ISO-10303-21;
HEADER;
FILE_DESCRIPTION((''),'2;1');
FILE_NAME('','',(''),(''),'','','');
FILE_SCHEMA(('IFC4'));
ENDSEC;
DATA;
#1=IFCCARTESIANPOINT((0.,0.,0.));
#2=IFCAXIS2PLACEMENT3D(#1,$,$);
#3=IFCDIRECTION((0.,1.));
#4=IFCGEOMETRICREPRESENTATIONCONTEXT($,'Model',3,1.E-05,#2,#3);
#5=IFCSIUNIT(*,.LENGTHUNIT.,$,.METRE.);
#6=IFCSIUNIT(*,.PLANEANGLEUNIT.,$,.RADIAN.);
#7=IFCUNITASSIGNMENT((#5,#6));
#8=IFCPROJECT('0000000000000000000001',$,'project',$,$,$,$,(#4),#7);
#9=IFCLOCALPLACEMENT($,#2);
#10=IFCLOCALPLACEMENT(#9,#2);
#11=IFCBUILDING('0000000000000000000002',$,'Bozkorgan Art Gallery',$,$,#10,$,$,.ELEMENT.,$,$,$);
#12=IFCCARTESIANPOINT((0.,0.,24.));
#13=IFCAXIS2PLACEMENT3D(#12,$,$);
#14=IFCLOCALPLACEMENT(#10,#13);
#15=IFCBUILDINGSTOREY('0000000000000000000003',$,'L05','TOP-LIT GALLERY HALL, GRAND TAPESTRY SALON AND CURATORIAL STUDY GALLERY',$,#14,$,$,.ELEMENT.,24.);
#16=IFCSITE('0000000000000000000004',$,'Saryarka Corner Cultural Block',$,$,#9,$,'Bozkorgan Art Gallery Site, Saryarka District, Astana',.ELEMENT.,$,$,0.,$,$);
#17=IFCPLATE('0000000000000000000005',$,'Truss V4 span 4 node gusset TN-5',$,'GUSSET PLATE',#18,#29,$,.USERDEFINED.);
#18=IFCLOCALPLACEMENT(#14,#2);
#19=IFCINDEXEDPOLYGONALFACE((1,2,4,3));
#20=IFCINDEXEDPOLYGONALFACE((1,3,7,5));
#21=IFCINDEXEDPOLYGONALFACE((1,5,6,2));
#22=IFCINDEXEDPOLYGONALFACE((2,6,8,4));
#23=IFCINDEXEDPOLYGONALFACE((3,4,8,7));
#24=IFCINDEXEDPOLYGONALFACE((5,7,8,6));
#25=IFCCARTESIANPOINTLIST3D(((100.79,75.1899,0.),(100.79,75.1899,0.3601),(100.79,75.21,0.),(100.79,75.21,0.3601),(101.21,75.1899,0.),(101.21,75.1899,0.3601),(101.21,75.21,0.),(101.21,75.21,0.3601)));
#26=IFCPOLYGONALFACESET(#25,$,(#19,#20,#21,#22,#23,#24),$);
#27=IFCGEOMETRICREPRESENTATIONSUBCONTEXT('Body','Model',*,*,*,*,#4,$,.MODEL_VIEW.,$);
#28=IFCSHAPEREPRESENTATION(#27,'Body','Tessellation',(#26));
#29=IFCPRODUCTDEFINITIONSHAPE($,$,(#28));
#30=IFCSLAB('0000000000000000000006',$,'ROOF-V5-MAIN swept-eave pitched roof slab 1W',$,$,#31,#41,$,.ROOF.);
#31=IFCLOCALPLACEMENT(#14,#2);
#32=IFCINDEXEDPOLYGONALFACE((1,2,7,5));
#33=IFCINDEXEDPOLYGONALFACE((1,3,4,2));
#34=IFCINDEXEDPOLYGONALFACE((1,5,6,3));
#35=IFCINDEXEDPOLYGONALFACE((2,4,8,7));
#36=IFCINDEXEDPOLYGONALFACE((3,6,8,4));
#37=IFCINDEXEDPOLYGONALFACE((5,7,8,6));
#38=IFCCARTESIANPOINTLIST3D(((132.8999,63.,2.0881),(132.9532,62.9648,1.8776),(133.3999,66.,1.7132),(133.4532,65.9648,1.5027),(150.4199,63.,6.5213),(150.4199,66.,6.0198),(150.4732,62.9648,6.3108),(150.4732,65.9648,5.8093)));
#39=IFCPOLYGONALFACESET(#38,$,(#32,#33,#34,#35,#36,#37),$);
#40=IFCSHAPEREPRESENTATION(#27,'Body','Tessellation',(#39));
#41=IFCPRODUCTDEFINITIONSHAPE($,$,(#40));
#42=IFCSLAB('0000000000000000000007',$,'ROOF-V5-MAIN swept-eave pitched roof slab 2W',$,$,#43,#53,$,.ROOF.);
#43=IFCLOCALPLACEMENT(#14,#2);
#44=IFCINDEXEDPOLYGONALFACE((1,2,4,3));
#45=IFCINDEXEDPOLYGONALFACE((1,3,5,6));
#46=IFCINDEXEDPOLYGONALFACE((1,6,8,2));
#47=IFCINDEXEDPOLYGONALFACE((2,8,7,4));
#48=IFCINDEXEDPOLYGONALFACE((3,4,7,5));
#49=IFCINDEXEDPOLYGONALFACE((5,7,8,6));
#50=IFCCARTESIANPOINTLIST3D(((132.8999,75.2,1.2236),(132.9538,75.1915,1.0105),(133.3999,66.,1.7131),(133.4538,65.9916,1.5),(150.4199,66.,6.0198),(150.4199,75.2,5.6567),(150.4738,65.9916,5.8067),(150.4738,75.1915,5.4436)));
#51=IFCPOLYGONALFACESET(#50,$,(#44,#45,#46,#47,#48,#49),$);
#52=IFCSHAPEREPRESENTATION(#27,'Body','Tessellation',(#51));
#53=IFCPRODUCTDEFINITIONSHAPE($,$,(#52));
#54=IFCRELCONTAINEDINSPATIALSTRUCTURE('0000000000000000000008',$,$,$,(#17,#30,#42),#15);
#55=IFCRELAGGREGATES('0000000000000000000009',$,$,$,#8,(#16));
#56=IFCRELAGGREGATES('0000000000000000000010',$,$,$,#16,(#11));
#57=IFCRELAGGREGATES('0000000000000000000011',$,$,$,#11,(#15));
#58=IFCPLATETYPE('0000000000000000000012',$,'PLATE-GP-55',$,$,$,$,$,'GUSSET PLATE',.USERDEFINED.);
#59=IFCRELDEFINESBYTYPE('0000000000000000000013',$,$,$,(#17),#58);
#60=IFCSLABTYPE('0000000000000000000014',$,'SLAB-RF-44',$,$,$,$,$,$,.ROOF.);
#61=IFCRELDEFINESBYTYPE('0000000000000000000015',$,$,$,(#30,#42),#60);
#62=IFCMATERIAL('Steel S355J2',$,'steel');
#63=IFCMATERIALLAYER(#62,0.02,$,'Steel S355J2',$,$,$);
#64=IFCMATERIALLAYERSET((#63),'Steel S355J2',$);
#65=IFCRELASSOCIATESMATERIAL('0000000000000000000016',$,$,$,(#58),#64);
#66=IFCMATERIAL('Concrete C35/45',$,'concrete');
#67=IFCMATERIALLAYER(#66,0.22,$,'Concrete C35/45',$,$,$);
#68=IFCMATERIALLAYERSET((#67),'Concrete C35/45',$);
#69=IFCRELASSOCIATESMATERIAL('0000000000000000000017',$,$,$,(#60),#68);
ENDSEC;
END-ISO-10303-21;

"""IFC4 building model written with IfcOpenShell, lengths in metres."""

from ifc_helpers import new_model, si_unit, direction, frame, origin, origin_2d, place, context, subcontext, project, spatial, polyline, rectangle, outline, extrude, material, layer, layer_set, type_object, element, save


model = new_model("IFC4")

# Units and contexts
model_context = context("Model", 3, precision=1e-05, world=origin(), true_north=direction((0.0, 1.0)))
body_context = subcontext(model_context, "Body", "Model", "MODEL_VIEW")
ifc_project = project(units=[si_unit("LENGTHUNIT", "METRE"), si_unit("PLANEANGLEUNIT", "RADIAN")], contexts=[model_context])

# Site, building, storey
site_placement = place(None, origin())
site = spatial("IfcSite", under=ifc_project, at=site_placement, Name="Saryarka Corner Cultural Block", LongName="Bozkorgan Art Gallery Site, Saryarka District, Astana", CompositionType="ELEMENT", RefElevation=0.0)
building_placement = place(site_placement, origin())
building = spatial("IfcBuilding", under=site, at=building_placement, Name="Bozkorgan Art Gallery", CompositionType="ELEMENT")
storey_placement = place(building_placement, frame((0.0, 0.0, 24.0)))
storey = spatial("IfcBuildingStorey", under=building, at=storey_placement, Name="L05", Description="TOP-LIT GALLERY HALL, GRAND TAPESTRY SALON AND CURATORIAL STUDY GALLERY", CompositionType="ELEMENT", Elevation=24.0)

# Shared definitions
ifc_material_1 = material(Name="Steel S355J2", Category="steel")

# Plate
ifc_layer_1 = layer(ifc_material_1, 0.02, Name="Steel S355J2")
ifc_layer_set_1 = layer_set([ifc_layer_1], Name="Steel S355J2")
plate_type_1 = type_object("IfcPlateType", Name="PLATE-GP-55", ElementType="GUSSET PLATE", PredefinedType="USERDEFINED", material=ifc_layer_set_1)
plate_placement = place(storey_placement, frame((101.0, 75.2, 0.0), z_axis=(0.0, 0.0, 1.0), x_axis=(1.0, 0.0, 0.0)))
element("IfcPlate", 1, at=plate_placement, inside=storey, type_object=plate_type_1, Name="Truss V4 span 4 node gusset TN-5", ObjectType="GUSSET PLATE", PredefinedType="USERDEFINED", context=body_context, shape_type="SweptSolid", body=[
    extrude(rectangle(XDim=0.4199, YDim=0.02, at=origin_2d()), origin(), (0.0, 0.0, 1.0), 0.3601),
])

# Slabs
ifc_material_2 = material(Name="Concrete C35/45", Category="concrete")
ifc_layer_2 = layer(ifc_material_2, 0.22, Name="Concrete C35/45")
ifc_layer_set_2 = layer_set([ifc_layer_2], Name="Concrete C35/45")
slab_type = type_object("IfcSlabType", Name="SLAB-RF-44", PredefinedType="ROOF", material=ifc_layer_set_2)
slab_1_placement = place(storey_placement, frame((132.8999, 63.0, 2.0881), z_axis=(-0.242142, 0.159969, 0.956962), x_axis=(0.969447, 0.0, 0.245301)))
element("IfcSlab", 2, at=slab_1_placement, inside=storey, type_object=slab_type, Name="ROOF-V5-MAIN swept-eave pitched roof slab 1W", PredefinedType="ROOF", context=body_context, shape_type="SweptSolid", body=[
    extrude(outline(polyline([(0.0, 0.0), (18.0722, 0.0), (17.9492, 3.0391), (0.3927, 3.0391), (0.0, 0.0)])), origin(), (0.0, 0.0, -1.0), 0.22),
])
slab_2_placement = place(storey_placement, frame((133.3999, 66.0, 1.7131), z_axis=(-0.245122, 0.038224, 0.968738), x_axis=(0.969447, 0.0, 0.245301)))
element("IfcSlab", 3, at=slab_2_placement, inside=storey, type_object=slab_type, Name="ROOF-V5-MAIN swept-eave pitched roof slab 2W", PredefinedType="ROOF", context=body_context, shape_type="SweptSolid", body=[
    extrude(outline(polyline([(0.0, 0.0), (17.5564, 0.0), (17.4674, 9.2067), (-0.6048, 9.2067), (0.0, 0.0)])), origin(), (0.0, 0.0, -1.0), 0.22),
])

save(model, "model.ifc")
